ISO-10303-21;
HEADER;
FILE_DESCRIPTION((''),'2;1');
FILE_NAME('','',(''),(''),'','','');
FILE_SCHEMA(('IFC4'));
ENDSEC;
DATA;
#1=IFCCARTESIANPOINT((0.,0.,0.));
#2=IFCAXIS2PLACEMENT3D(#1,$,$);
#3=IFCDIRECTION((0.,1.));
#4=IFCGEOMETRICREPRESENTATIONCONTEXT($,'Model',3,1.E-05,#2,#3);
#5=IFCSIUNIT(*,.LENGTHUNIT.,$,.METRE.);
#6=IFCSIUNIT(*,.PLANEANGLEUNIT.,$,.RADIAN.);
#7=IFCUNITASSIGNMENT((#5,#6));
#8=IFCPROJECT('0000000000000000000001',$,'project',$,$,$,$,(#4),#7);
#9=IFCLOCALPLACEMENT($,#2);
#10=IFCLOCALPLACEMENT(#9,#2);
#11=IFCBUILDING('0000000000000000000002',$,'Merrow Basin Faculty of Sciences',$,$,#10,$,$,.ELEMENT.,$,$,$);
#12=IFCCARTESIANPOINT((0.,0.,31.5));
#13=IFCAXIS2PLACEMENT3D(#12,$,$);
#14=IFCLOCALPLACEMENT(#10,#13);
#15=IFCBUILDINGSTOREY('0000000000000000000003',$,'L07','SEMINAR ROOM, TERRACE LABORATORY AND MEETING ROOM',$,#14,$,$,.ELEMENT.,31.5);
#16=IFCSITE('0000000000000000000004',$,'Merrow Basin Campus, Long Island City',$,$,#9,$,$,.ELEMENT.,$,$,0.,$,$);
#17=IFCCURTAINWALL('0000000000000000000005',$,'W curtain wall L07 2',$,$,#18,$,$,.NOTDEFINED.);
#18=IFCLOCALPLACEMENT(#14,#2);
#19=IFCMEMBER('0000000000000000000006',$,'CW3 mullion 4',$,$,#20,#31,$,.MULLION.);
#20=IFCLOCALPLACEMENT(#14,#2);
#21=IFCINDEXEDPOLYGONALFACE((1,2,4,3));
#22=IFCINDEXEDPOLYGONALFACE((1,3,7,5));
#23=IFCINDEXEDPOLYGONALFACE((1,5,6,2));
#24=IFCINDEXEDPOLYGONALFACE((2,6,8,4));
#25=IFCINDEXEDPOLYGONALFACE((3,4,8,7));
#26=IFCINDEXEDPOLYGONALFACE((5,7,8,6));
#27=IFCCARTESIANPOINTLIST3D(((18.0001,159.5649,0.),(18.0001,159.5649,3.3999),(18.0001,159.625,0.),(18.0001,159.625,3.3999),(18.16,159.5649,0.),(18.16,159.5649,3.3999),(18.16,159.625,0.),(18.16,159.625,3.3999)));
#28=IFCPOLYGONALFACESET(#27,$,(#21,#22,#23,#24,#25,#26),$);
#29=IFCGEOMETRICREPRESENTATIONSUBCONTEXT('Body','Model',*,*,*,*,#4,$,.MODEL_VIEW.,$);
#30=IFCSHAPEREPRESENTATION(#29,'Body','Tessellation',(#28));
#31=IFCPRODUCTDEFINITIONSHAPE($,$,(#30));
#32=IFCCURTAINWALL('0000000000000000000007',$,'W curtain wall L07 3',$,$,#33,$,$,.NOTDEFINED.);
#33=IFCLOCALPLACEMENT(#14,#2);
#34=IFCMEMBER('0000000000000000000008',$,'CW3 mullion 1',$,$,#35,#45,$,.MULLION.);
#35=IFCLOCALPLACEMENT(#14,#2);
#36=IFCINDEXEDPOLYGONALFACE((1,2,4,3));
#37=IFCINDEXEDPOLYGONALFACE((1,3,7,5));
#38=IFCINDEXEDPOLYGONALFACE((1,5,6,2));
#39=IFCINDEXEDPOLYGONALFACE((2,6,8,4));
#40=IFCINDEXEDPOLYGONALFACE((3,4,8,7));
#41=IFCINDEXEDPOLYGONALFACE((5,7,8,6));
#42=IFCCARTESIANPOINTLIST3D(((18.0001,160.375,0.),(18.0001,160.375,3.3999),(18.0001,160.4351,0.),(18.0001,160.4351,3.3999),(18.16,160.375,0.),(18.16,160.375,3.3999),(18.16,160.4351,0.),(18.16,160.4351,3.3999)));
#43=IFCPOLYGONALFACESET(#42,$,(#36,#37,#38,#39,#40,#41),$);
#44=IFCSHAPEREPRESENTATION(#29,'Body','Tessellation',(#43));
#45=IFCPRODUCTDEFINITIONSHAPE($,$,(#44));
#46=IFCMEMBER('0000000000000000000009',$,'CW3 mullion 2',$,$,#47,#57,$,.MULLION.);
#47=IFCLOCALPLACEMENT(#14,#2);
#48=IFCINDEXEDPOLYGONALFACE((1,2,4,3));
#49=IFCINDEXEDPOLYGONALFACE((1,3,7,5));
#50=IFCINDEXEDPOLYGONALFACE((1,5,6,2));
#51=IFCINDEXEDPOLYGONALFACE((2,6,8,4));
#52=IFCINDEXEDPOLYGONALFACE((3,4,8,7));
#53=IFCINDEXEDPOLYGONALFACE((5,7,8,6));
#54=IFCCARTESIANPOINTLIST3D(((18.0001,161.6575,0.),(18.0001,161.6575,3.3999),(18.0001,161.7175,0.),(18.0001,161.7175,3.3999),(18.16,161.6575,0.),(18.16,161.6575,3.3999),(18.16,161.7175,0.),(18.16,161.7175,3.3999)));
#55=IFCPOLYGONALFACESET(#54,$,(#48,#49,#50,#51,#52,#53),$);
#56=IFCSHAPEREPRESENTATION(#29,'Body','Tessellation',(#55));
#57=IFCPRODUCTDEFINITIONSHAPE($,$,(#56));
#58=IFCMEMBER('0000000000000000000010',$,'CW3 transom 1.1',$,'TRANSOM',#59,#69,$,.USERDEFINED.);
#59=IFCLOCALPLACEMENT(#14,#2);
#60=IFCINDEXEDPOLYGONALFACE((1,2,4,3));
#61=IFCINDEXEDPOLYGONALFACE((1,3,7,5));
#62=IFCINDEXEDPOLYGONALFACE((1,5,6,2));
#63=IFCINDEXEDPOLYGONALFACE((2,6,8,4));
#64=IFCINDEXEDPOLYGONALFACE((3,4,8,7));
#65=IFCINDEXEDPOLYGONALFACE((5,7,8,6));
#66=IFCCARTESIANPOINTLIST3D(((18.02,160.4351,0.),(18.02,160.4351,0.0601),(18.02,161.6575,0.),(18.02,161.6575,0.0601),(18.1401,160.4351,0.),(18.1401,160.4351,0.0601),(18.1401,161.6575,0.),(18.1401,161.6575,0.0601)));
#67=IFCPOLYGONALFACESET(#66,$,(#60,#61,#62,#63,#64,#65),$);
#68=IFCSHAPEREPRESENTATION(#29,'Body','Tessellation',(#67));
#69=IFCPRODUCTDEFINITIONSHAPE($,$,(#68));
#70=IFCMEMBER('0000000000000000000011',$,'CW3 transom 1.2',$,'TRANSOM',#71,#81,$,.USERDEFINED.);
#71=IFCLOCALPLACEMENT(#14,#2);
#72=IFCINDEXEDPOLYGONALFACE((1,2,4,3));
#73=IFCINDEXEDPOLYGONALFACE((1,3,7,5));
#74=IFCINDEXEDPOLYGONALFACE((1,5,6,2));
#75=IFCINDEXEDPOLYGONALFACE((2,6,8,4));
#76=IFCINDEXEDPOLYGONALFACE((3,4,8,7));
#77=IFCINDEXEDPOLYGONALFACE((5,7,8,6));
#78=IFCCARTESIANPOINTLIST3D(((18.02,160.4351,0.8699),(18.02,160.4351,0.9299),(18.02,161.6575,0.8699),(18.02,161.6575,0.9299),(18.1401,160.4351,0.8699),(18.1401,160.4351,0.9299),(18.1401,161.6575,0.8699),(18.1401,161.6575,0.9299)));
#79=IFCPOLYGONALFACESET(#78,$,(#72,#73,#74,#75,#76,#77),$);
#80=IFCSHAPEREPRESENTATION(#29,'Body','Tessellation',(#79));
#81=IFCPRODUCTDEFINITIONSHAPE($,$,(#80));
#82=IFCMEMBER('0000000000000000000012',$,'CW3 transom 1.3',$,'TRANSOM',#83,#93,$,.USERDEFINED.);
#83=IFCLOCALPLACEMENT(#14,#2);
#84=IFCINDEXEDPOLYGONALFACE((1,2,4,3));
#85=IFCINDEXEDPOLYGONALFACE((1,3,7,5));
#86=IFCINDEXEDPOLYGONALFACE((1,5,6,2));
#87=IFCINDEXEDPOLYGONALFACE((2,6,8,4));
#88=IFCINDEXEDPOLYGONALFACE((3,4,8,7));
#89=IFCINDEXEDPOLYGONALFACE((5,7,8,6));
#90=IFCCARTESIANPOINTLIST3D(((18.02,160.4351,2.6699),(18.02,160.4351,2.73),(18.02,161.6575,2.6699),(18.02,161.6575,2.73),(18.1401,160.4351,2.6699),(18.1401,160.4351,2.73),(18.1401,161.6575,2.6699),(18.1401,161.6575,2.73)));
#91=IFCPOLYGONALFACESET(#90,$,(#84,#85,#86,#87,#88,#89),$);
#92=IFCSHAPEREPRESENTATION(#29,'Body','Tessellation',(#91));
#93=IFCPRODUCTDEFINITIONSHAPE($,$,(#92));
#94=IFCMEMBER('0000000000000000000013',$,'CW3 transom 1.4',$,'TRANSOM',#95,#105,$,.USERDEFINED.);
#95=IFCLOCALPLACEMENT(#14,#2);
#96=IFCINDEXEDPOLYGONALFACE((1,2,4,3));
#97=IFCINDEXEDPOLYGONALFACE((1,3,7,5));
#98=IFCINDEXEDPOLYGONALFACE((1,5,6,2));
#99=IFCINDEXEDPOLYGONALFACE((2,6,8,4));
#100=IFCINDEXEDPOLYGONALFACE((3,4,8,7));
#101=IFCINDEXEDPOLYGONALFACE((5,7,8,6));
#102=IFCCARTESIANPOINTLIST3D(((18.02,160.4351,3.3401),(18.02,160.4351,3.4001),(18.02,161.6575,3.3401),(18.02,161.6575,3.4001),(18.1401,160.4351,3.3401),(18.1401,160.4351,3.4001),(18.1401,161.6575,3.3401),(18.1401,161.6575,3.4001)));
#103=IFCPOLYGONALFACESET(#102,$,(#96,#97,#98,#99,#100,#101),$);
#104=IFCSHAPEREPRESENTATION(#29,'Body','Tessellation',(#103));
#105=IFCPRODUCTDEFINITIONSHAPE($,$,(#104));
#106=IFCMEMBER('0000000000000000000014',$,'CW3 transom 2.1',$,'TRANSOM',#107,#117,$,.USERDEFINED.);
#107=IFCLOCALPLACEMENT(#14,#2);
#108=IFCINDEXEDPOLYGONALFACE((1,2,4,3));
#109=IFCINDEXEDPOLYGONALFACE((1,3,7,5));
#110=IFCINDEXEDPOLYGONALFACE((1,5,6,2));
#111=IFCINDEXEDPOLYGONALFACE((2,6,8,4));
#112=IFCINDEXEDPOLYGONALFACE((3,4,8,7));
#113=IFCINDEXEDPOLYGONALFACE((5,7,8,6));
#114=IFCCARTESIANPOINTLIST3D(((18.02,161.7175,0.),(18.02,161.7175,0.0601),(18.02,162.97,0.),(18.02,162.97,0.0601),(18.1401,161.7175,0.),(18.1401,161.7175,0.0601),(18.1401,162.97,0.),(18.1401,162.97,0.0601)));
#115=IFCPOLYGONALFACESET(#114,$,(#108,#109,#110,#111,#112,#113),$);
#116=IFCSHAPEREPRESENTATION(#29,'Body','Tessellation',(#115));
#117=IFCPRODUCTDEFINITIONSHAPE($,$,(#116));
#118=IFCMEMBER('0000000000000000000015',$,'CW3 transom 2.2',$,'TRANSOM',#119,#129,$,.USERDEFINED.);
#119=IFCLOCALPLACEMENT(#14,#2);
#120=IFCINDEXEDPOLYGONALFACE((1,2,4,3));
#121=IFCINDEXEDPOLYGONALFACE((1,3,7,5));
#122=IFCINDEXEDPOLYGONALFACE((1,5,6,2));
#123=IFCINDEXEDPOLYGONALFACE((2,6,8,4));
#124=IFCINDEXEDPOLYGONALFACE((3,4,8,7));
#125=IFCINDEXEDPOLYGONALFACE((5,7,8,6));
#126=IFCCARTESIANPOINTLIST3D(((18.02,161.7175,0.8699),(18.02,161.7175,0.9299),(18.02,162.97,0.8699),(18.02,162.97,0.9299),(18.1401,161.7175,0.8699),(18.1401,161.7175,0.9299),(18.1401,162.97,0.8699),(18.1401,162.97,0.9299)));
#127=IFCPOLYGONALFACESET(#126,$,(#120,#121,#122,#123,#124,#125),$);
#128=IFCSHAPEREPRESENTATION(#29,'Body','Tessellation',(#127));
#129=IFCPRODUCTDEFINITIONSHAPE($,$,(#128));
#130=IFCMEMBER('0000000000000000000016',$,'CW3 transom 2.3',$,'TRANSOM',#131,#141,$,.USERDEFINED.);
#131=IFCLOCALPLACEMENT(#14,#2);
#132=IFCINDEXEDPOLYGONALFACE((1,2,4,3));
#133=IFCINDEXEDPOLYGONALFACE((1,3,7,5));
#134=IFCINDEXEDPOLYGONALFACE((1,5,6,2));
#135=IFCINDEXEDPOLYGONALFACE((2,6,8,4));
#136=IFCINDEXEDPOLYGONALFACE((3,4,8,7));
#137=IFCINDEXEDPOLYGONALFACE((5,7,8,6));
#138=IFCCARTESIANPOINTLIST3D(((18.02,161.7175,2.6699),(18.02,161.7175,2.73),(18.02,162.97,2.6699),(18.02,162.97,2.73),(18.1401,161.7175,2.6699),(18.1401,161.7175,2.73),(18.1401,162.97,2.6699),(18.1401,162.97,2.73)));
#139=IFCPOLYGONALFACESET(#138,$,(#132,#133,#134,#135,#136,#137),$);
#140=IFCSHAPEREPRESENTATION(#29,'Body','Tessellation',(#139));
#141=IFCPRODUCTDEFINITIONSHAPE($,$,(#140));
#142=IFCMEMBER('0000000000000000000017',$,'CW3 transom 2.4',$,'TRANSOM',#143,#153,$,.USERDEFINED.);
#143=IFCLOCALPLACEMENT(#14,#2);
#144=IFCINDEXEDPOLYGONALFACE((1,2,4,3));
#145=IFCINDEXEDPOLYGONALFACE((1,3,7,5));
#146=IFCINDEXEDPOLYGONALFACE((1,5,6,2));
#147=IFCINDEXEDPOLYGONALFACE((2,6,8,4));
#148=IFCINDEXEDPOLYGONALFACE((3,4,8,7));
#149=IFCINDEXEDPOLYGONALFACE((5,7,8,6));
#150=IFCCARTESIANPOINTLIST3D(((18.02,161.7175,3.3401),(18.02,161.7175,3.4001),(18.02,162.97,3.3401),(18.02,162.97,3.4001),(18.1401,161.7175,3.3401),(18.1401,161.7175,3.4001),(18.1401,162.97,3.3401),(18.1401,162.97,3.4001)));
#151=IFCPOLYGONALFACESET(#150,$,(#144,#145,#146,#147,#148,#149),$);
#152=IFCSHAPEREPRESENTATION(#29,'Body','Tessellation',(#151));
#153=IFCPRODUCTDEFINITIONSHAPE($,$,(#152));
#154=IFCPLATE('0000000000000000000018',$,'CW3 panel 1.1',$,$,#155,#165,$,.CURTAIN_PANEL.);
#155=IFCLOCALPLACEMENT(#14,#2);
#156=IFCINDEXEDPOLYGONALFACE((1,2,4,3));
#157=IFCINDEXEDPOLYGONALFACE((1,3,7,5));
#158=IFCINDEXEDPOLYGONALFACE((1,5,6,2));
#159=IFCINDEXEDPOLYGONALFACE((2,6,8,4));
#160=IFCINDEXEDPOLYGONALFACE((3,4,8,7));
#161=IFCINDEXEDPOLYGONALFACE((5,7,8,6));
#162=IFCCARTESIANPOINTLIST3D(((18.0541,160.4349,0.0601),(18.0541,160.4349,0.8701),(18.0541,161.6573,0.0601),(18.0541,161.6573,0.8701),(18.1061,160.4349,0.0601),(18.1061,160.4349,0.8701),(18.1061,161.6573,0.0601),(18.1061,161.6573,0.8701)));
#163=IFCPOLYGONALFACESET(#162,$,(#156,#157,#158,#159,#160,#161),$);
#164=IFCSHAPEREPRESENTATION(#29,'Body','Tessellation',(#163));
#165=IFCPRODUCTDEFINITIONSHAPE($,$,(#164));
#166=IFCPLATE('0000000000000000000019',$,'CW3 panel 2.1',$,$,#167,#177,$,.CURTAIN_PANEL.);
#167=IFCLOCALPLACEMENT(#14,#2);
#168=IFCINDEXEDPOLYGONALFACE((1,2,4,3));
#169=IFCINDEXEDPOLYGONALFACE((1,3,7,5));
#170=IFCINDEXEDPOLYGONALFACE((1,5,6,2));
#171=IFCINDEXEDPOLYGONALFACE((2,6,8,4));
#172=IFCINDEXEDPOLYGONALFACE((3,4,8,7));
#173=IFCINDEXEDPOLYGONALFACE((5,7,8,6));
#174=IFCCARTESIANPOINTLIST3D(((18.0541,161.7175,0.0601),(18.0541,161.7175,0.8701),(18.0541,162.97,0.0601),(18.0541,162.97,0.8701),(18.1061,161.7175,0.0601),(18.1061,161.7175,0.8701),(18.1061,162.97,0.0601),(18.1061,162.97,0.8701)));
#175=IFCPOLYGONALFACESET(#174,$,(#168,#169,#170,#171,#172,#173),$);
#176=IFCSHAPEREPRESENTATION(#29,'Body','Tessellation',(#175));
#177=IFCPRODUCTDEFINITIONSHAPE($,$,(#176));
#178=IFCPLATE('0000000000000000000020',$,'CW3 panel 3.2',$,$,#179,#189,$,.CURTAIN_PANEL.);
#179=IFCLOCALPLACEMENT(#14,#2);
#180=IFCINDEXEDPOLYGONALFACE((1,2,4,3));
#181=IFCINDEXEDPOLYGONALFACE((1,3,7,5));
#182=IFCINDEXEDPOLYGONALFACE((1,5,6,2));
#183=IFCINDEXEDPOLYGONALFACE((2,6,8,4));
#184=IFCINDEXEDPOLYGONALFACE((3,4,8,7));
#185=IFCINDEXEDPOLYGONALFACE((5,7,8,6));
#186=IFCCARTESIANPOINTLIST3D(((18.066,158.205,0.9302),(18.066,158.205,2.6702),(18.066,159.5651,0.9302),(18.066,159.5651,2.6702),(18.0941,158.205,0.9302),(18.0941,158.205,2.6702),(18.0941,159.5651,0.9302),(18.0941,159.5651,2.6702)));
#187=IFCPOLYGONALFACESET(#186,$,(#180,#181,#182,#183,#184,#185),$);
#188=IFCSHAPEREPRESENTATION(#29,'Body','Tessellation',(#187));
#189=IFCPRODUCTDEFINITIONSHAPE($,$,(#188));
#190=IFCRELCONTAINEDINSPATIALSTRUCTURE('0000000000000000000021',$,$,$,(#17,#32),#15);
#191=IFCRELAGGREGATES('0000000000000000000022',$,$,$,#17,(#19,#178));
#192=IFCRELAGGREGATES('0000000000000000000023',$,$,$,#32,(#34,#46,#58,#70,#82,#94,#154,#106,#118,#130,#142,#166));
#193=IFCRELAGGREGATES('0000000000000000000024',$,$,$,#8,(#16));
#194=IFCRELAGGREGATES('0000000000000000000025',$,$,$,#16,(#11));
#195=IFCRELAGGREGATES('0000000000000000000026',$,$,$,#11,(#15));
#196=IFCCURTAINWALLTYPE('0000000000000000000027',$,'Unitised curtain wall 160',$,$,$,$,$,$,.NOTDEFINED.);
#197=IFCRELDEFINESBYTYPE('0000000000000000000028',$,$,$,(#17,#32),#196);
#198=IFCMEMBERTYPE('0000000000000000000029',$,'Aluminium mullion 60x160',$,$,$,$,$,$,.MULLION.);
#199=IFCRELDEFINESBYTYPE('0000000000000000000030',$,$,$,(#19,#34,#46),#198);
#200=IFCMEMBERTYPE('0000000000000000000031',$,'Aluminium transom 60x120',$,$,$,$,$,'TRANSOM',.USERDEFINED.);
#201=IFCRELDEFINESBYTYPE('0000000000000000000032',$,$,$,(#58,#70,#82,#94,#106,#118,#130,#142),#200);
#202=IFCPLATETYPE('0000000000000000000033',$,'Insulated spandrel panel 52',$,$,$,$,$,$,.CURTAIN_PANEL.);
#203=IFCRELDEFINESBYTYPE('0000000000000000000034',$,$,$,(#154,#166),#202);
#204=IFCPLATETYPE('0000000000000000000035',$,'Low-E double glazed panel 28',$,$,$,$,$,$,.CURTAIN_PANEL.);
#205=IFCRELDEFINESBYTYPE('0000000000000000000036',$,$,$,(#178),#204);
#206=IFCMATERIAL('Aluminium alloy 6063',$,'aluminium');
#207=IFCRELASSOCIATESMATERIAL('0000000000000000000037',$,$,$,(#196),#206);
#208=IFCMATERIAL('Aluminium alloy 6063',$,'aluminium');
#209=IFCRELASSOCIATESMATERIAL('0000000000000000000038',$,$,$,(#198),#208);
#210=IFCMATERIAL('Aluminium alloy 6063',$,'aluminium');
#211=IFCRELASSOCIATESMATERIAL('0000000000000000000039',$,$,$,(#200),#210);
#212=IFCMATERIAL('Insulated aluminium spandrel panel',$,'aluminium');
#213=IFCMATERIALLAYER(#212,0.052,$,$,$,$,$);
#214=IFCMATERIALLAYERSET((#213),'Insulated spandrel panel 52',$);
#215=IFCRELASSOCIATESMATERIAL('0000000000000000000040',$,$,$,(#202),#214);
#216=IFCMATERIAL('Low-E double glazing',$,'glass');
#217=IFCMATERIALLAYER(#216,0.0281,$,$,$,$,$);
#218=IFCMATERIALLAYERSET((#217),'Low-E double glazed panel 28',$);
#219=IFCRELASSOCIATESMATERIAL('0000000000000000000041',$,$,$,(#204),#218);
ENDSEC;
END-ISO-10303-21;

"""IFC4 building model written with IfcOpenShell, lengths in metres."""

from ifc_helpers import new_model, si_unit, direction, frame, origin, origin_2d, place, context, subcontext, project, spatial, rectangle, extrude, material, layer, layer_set, material_profile, profile_set, type_object, element, aggregate, save


model = new_model("IFC4")

# Units and contexts
model_context = context("Model", 3, precision=1e-05, world=origin(), true_north=direction((0.0, 1.0)))
body_context = subcontext(model_context, "Body", "Model", "MODEL_VIEW")
ifc_project = project(units=[si_unit("LENGTHUNIT", "METRE"), si_unit("PLANEANGLEUNIT", "RADIAN")], contexts=[model_context])

# Site, building, storey
site_placement = place(None, origin())
site = spatial("IfcSite", under=ifc_project, at=site_placement, Name="Merrow Basin Campus, Long Island City", CompositionType="ELEMENT", RefElevation=0.0)
building_placement = place(site_placement, origin())
building = spatial("IfcBuilding", under=site, at=building_placement, Name="Merrow Basin Faculty of Sciences", CompositionType="ELEMENT")
storey_placement = place(building_placement, frame((0.0, 0.0, 31.5)))
storey = spatial("IfcBuildingStorey", under=building, at=storey_placement, Name="L07", Description="SEMINAR ROOM, TERRACE LABORATORY AND MEETING ROOM", CompositionType="ELEMENT", Elevation=31.5)

# Curtain wall, member
ifc_material_1 = material(Name="Aluminium alloy 6063", Category="aluminium")
curtain_wall_type = type_object("IfcCurtainWallType", Name="Unitised curtain wall 160", PredefinedType="NOTDEFINED", material=ifc_material_1)
curtain_wall_1_placement = place(storey_placement, origin())
curtain_wall_1 = element("IfcCurtainWall", 1, at=curtain_wall_1_placement, inside=storey, type_object=curtain_wall_type, Name="W curtain wall L07 2", PredefinedType="NOTDEFINED")
ifc_material_2 = material(Name="Aluminium alloy 6063", Category="aluminium")
ifc_material_profile_1 = material_profile(ifc_material_2, rectangle(XDim=0.1599, YDim=0.0601, at=origin_2d()))
ifc_profile_set_1 = profile_set([ifc_material_profile_1], Name="Aluminium alloy 6063")
member_type_1 = type_object("IfcMemberType", Name="Aluminium mullion 60x160", PredefinedType="MULLION", material=ifc_profile_set_1)
member_1_placement = place(storey_placement, frame((18.0801, 159.595, 0.0), z_axis=(0.0, 0.0, 1.0), x_axis=(-1.0, 0.0, 0.0)))
member_1 = element("IfcMember", 2, at=member_1_placement, type_object=member_type_1, Name="CW3 mullion 4", PredefinedType="MULLION", context=body_context, shape_type="SweptSolid", body=[
    extrude(rectangle(XDim=0.1599, YDim=0.0601, at=origin_2d()), origin(), (0.0, 0.0, 1.0), 3.3999),
])

# Curtain wall, members, plates
curtain_wall_2_placement = place(storey_placement, origin())
curtain_wall_2 = element("IfcCurtainWall", 3, at=curtain_wall_2_placement, inside=storey, type_object=curtain_wall_type, Name="W curtain wall L07 3", PredefinedType="NOTDEFINED")
member_2_placement = place(storey_placement, frame((18.0801, 160.405, 0.0), z_axis=(0.0, 0.0, 1.0), x_axis=(-1.0, 0.0, 0.0)))
member_2 = element("IfcMember", 4, at=member_2_placement, type_object=member_type_1, Name="CW3 mullion 1", PredefinedType="MULLION", context=body_context, shape_type="SweptSolid", body=[
    extrude(rectangle(XDim=0.1599, YDim=0.0601, at=origin_2d()), origin(), (0.0, 0.0, 1.0), 3.3999),
])
member_3_placement = place(storey_placement, frame((18.0801, 161.6875, 0.0), z_axis=(0.0, 0.0, 1.0), x_axis=(-1.0, 0.0, 0.0)))
member_3 = element("IfcMember", 5, at=member_3_placement, type_object=member_type_1, Name="CW3 mullion 2", PredefinedType="MULLION", context=body_context, shape_type="SweptSolid", body=[
    extrude(rectangle(XDim=0.1599, YDim=0.0601, at=origin_2d()), origin(), (0.0, 0.0, 1.0), 3.3999),
])
ifc_material_3 = material(Name="Aluminium alloy 6063", Category="aluminium")
ifc_material_profile_2 = material_profile(ifc_material_3, rectangle(XDim=0.1201, YDim=0.0601, at=origin_2d()))
ifc_profile_set_2 = profile_set([ifc_material_profile_2], Name="Aluminium alloy 6063")
member_type_2 = type_object("IfcMemberType", Name="Aluminium transom 60x120", ElementType="TRANSOM", PredefinedType="USERDEFINED", material=ifc_profile_set_2)
member_4_placement = place(storey_placement, frame((18.0801, 160.4351, 0.03), z_axis=(0.0, 1.0, 0.0), x_axis=(-1.0, 0.0, 0.0)))
member_4 = element("IfcMember", 6, at=member_4_placement, type_object=member_type_2, Name="CW3 transom 1.1", ObjectType="TRANSOM", PredefinedType="USERDEFINED", context=body_context, shape_type="SweptSolid", body=[
    extrude(rectangle(XDim=0.1201, YDim=0.0601, at=origin_2d()), origin(), (0.0, 0.0, 1.0), 1.2224),
])
member_5_placement = place(storey_placement, frame((18.0801, 160.4351, 0.8999), z_axis=(0.0, 1.0, 0.0), x_axis=(-1.0, 0.0, 0.0)))
member_5 = element("IfcMember", 7, at=member_5_placement, type_object=member_type_2, Name="CW3 transom 1.2", ObjectType="TRANSOM", PredefinedType="USERDEFINED", context=body_context, shape_type="SweptSolid", body=[
    extrude(rectangle(XDim=0.1201, YDim=0.0601, at=origin_2d()), origin(), (0.0, 0.0, 1.0), 1.2224),
])
member_6_placement = place(storey_placement, frame((18.0801, 160.4351, 2.7), z_axis=(0.0, 1.0, 0.0), x_axis=(-1.0, 0.0, 0.0)))
member_6 = element("IfcMember", 8, at=member_6_placement, type_object=member_type_2, Name="CW3 transom 1.3", ObjectType="TRANSOM", PredefinedType="USERDEFINED", context=body_context, shape_type="SweptSolid", body=[
    extrude(rectangle(XDim=0.1201, YDim=0.0601, at=origin_2d()), origin(), (0.0, 0.0, 1.0), 1.2224),
])
member_7_placement = place(storey_placement, frame((18.0801, 160.4351, 3.3701), z_axis=(0.0, 1.0, 0.0), x_axis=(-1.0, 0.0, 0.0)))
member_7 = element("IfcMember", 9, at=member_7_placement, type_object=member_type_2, Name="CW3 transom 1.4", ObjectType="TRANSOM", PredefinedType="USERDEFINED", context=body_context, shape_type="SweptSolid", body=[
    extrude(rectangle(XDim=0.1201, YDim=0.0601, at=origin_2d()), origin(), (0.0, 0.0, 1.0), 1.2224),
])
member_8_placement = place(storey_placement, frame((18.0801, 161.7175, 0.03), z_axis=(0.0, 1.0, 0.0), x_axis=(-1.0, 0.0, 0.0)))
member_8 = element("IfcMember", 10, at=member_8_placement, type_object=member_type_2, Name="CW3 transom 2.1", ObjectType="TRANSOM", PredefinedType="USERDEFINED", context=body_context, shape_type="SweptSolid", body=[
    extrude(rectangle(XDim=0.1201, YDim=0.0601, at=origin_2d()), origin(), (0.0, 0.0, 1.0), 1.2524),
])
member_9_placement = place(storey_placement, frame((18.0801, 161.7175, 0.8999), z_axis=(0.0, 1.0, 0.0), x_axis=(-1.0, 0.0, 0.0)))
member_9 = element("IfcMember", 11, at=member_9_placement, type_object=member_type_2, Name="CW3 transom 2.2", ObjectType="TRANSOM", PredefinedType="USERDEFINED", context=body_context, shape_type="SweptSolid", body=[
    extrude(rectangle(XDim=0.1201, YDim=0.0601, at=origin_2d()), origin(), (0.0, 0.0, 1.0), 1.2524),
])
member_10_placement = place(storey_placement, frame((18.0801, 161.7175, 2.7), z_axis=(0.0, 1.0, 0.0), x_axis=(-1.0, 0.0, 0.0)))
member_10 = element("IfcMember", 12, at=member_10_placement, type_object=member_type_2, Name="CW3 transom 2.3", ObjectType="TRANSOM", PredefinedType="USERDEFINED", context=body_context, shape_type="SweptSolid", body=[
    extrude(rectangle(XDim=0.1201, YDim=0.0601, at=origin_2d()), origin(), (0.0, 0.0, 1.0), 1.2524),
])
member_11_placement = place(storey_placement, frame((18.0801, 161.7175, 3.3701), z_axis=(0.0, 1.0, 0.0), x_axis=(-1.0, 0.0, 0.0)))
member_11 = element("IfcMember", 13, at=member_11_placement, type_object=member_type_2, Name="CW3 transom 2.4", ObjectType="TRANSOM", PredefinedType="USERDEFINED", context=body_context, shape_type="SweptSolid", body=[
    extrude(rectangle(XDim=0.1201, YDim=0.0601, at=origin_2d()), origin(), (0.0, 0.0, 1.0), 1.2524),
])
ifc_material_4 = material(Name="Insulated aluminium spandrel panel", Category="aluminium")
ifc_layer_1 = layer(ifc_material_4, 0.052)
ifc_layer_set_1 = layer_set([ifc_layer_1], Name="Insulated spandrel panel 52")
plate_type_1 = type_object("IfcPlateType", Name="Insulated spandrel panel 52", PredefinedType="CURTAIN_PANEL", material=ifc_layer_set_1)
plate_1_placement = place(storey_placement, frame((18.0801, 161.0461, 0.0601), z_axis=(0.0, 0.0, 1.0), x_axis=(0.0, 1.0, 0.0)))
plate_1 = element("IfcPlate", 14, at=plate_1_placement, type_object=plate_type_1, Name="CW3 panel 1.1", PredefinedType="CURTAIN_PANEL", context=body_context, shape_type="SweptSolid", body=[
    extrude(rectangle(XDim=1.2224, YDim=0.052, at=origin_2d()), origin(), (0.0, 0.0, 1.0), 0.8101),
])
plate_2_placement = place(storey_placement, frame((18.0801, 162.3438, 0.0601), z_axis=(0.0, 0.0, 1.0), x_axis=(0.0, 1.0, 0.0)))
plate_2 = element("IfcPlate", 15, at=plate_2_placement, type_object=plate_type_1, Name="CW3 panel 2.1", PredefinedType="CURTAIN_PANEL", context=body_context, shape_type="SweptSolid", body=[
    extrude(rectangle(XDim=1.2524, YDim=0.052, at=origin_2d()), origin(), (0.0, 0.0, 1.0), 0.8101),
])

# Plate
ifc_material_5 = material(Name="Low-E double glazing", Category="glass")
ifc_layer_2 = layer(ifc_material_5, 0.0281)
ifc_layer_set_2 = layer_set([ifc_layer_2], Name="Low-E double glazed panel 28")
plate_type_2 = type_object("IfcPlateType", Name="Low-E double glazed panel 28", PredefinedType="CURTAIN_PANEL", material=ifc_layer_set_2)
plate_3_placement = place(storey_placement, frame((18.0801, 158.885, 0.9302), z_axis=(0.0, 0.0, 1.0), x_axis=(0.0, 1.0, 0.0)))
plate_3 = element("IfcPlate", 16, at=plate_3_placement, type_object=plate_type_2, Name="CW3 panel 3.2", PredefinedType="CURTAIN_PANEL", context=body_context, shape_type="SweptSolid", body=[
    extrude(rectangle(XDim=1.3601, YDim=0.0281, at=origin_2d()), origin(), (0.0, 0.0, 1.0), 1.74),
])
aggregate(curtain_wall_1, [member_1, plate_3])
aggregate(curtain_wall_2, [member_2, member_3, member_4, member_5, member_6, member_7, plate_1, member_8, member_9, member_10, member_11, plate_2])

save(model, "model.ifc")
